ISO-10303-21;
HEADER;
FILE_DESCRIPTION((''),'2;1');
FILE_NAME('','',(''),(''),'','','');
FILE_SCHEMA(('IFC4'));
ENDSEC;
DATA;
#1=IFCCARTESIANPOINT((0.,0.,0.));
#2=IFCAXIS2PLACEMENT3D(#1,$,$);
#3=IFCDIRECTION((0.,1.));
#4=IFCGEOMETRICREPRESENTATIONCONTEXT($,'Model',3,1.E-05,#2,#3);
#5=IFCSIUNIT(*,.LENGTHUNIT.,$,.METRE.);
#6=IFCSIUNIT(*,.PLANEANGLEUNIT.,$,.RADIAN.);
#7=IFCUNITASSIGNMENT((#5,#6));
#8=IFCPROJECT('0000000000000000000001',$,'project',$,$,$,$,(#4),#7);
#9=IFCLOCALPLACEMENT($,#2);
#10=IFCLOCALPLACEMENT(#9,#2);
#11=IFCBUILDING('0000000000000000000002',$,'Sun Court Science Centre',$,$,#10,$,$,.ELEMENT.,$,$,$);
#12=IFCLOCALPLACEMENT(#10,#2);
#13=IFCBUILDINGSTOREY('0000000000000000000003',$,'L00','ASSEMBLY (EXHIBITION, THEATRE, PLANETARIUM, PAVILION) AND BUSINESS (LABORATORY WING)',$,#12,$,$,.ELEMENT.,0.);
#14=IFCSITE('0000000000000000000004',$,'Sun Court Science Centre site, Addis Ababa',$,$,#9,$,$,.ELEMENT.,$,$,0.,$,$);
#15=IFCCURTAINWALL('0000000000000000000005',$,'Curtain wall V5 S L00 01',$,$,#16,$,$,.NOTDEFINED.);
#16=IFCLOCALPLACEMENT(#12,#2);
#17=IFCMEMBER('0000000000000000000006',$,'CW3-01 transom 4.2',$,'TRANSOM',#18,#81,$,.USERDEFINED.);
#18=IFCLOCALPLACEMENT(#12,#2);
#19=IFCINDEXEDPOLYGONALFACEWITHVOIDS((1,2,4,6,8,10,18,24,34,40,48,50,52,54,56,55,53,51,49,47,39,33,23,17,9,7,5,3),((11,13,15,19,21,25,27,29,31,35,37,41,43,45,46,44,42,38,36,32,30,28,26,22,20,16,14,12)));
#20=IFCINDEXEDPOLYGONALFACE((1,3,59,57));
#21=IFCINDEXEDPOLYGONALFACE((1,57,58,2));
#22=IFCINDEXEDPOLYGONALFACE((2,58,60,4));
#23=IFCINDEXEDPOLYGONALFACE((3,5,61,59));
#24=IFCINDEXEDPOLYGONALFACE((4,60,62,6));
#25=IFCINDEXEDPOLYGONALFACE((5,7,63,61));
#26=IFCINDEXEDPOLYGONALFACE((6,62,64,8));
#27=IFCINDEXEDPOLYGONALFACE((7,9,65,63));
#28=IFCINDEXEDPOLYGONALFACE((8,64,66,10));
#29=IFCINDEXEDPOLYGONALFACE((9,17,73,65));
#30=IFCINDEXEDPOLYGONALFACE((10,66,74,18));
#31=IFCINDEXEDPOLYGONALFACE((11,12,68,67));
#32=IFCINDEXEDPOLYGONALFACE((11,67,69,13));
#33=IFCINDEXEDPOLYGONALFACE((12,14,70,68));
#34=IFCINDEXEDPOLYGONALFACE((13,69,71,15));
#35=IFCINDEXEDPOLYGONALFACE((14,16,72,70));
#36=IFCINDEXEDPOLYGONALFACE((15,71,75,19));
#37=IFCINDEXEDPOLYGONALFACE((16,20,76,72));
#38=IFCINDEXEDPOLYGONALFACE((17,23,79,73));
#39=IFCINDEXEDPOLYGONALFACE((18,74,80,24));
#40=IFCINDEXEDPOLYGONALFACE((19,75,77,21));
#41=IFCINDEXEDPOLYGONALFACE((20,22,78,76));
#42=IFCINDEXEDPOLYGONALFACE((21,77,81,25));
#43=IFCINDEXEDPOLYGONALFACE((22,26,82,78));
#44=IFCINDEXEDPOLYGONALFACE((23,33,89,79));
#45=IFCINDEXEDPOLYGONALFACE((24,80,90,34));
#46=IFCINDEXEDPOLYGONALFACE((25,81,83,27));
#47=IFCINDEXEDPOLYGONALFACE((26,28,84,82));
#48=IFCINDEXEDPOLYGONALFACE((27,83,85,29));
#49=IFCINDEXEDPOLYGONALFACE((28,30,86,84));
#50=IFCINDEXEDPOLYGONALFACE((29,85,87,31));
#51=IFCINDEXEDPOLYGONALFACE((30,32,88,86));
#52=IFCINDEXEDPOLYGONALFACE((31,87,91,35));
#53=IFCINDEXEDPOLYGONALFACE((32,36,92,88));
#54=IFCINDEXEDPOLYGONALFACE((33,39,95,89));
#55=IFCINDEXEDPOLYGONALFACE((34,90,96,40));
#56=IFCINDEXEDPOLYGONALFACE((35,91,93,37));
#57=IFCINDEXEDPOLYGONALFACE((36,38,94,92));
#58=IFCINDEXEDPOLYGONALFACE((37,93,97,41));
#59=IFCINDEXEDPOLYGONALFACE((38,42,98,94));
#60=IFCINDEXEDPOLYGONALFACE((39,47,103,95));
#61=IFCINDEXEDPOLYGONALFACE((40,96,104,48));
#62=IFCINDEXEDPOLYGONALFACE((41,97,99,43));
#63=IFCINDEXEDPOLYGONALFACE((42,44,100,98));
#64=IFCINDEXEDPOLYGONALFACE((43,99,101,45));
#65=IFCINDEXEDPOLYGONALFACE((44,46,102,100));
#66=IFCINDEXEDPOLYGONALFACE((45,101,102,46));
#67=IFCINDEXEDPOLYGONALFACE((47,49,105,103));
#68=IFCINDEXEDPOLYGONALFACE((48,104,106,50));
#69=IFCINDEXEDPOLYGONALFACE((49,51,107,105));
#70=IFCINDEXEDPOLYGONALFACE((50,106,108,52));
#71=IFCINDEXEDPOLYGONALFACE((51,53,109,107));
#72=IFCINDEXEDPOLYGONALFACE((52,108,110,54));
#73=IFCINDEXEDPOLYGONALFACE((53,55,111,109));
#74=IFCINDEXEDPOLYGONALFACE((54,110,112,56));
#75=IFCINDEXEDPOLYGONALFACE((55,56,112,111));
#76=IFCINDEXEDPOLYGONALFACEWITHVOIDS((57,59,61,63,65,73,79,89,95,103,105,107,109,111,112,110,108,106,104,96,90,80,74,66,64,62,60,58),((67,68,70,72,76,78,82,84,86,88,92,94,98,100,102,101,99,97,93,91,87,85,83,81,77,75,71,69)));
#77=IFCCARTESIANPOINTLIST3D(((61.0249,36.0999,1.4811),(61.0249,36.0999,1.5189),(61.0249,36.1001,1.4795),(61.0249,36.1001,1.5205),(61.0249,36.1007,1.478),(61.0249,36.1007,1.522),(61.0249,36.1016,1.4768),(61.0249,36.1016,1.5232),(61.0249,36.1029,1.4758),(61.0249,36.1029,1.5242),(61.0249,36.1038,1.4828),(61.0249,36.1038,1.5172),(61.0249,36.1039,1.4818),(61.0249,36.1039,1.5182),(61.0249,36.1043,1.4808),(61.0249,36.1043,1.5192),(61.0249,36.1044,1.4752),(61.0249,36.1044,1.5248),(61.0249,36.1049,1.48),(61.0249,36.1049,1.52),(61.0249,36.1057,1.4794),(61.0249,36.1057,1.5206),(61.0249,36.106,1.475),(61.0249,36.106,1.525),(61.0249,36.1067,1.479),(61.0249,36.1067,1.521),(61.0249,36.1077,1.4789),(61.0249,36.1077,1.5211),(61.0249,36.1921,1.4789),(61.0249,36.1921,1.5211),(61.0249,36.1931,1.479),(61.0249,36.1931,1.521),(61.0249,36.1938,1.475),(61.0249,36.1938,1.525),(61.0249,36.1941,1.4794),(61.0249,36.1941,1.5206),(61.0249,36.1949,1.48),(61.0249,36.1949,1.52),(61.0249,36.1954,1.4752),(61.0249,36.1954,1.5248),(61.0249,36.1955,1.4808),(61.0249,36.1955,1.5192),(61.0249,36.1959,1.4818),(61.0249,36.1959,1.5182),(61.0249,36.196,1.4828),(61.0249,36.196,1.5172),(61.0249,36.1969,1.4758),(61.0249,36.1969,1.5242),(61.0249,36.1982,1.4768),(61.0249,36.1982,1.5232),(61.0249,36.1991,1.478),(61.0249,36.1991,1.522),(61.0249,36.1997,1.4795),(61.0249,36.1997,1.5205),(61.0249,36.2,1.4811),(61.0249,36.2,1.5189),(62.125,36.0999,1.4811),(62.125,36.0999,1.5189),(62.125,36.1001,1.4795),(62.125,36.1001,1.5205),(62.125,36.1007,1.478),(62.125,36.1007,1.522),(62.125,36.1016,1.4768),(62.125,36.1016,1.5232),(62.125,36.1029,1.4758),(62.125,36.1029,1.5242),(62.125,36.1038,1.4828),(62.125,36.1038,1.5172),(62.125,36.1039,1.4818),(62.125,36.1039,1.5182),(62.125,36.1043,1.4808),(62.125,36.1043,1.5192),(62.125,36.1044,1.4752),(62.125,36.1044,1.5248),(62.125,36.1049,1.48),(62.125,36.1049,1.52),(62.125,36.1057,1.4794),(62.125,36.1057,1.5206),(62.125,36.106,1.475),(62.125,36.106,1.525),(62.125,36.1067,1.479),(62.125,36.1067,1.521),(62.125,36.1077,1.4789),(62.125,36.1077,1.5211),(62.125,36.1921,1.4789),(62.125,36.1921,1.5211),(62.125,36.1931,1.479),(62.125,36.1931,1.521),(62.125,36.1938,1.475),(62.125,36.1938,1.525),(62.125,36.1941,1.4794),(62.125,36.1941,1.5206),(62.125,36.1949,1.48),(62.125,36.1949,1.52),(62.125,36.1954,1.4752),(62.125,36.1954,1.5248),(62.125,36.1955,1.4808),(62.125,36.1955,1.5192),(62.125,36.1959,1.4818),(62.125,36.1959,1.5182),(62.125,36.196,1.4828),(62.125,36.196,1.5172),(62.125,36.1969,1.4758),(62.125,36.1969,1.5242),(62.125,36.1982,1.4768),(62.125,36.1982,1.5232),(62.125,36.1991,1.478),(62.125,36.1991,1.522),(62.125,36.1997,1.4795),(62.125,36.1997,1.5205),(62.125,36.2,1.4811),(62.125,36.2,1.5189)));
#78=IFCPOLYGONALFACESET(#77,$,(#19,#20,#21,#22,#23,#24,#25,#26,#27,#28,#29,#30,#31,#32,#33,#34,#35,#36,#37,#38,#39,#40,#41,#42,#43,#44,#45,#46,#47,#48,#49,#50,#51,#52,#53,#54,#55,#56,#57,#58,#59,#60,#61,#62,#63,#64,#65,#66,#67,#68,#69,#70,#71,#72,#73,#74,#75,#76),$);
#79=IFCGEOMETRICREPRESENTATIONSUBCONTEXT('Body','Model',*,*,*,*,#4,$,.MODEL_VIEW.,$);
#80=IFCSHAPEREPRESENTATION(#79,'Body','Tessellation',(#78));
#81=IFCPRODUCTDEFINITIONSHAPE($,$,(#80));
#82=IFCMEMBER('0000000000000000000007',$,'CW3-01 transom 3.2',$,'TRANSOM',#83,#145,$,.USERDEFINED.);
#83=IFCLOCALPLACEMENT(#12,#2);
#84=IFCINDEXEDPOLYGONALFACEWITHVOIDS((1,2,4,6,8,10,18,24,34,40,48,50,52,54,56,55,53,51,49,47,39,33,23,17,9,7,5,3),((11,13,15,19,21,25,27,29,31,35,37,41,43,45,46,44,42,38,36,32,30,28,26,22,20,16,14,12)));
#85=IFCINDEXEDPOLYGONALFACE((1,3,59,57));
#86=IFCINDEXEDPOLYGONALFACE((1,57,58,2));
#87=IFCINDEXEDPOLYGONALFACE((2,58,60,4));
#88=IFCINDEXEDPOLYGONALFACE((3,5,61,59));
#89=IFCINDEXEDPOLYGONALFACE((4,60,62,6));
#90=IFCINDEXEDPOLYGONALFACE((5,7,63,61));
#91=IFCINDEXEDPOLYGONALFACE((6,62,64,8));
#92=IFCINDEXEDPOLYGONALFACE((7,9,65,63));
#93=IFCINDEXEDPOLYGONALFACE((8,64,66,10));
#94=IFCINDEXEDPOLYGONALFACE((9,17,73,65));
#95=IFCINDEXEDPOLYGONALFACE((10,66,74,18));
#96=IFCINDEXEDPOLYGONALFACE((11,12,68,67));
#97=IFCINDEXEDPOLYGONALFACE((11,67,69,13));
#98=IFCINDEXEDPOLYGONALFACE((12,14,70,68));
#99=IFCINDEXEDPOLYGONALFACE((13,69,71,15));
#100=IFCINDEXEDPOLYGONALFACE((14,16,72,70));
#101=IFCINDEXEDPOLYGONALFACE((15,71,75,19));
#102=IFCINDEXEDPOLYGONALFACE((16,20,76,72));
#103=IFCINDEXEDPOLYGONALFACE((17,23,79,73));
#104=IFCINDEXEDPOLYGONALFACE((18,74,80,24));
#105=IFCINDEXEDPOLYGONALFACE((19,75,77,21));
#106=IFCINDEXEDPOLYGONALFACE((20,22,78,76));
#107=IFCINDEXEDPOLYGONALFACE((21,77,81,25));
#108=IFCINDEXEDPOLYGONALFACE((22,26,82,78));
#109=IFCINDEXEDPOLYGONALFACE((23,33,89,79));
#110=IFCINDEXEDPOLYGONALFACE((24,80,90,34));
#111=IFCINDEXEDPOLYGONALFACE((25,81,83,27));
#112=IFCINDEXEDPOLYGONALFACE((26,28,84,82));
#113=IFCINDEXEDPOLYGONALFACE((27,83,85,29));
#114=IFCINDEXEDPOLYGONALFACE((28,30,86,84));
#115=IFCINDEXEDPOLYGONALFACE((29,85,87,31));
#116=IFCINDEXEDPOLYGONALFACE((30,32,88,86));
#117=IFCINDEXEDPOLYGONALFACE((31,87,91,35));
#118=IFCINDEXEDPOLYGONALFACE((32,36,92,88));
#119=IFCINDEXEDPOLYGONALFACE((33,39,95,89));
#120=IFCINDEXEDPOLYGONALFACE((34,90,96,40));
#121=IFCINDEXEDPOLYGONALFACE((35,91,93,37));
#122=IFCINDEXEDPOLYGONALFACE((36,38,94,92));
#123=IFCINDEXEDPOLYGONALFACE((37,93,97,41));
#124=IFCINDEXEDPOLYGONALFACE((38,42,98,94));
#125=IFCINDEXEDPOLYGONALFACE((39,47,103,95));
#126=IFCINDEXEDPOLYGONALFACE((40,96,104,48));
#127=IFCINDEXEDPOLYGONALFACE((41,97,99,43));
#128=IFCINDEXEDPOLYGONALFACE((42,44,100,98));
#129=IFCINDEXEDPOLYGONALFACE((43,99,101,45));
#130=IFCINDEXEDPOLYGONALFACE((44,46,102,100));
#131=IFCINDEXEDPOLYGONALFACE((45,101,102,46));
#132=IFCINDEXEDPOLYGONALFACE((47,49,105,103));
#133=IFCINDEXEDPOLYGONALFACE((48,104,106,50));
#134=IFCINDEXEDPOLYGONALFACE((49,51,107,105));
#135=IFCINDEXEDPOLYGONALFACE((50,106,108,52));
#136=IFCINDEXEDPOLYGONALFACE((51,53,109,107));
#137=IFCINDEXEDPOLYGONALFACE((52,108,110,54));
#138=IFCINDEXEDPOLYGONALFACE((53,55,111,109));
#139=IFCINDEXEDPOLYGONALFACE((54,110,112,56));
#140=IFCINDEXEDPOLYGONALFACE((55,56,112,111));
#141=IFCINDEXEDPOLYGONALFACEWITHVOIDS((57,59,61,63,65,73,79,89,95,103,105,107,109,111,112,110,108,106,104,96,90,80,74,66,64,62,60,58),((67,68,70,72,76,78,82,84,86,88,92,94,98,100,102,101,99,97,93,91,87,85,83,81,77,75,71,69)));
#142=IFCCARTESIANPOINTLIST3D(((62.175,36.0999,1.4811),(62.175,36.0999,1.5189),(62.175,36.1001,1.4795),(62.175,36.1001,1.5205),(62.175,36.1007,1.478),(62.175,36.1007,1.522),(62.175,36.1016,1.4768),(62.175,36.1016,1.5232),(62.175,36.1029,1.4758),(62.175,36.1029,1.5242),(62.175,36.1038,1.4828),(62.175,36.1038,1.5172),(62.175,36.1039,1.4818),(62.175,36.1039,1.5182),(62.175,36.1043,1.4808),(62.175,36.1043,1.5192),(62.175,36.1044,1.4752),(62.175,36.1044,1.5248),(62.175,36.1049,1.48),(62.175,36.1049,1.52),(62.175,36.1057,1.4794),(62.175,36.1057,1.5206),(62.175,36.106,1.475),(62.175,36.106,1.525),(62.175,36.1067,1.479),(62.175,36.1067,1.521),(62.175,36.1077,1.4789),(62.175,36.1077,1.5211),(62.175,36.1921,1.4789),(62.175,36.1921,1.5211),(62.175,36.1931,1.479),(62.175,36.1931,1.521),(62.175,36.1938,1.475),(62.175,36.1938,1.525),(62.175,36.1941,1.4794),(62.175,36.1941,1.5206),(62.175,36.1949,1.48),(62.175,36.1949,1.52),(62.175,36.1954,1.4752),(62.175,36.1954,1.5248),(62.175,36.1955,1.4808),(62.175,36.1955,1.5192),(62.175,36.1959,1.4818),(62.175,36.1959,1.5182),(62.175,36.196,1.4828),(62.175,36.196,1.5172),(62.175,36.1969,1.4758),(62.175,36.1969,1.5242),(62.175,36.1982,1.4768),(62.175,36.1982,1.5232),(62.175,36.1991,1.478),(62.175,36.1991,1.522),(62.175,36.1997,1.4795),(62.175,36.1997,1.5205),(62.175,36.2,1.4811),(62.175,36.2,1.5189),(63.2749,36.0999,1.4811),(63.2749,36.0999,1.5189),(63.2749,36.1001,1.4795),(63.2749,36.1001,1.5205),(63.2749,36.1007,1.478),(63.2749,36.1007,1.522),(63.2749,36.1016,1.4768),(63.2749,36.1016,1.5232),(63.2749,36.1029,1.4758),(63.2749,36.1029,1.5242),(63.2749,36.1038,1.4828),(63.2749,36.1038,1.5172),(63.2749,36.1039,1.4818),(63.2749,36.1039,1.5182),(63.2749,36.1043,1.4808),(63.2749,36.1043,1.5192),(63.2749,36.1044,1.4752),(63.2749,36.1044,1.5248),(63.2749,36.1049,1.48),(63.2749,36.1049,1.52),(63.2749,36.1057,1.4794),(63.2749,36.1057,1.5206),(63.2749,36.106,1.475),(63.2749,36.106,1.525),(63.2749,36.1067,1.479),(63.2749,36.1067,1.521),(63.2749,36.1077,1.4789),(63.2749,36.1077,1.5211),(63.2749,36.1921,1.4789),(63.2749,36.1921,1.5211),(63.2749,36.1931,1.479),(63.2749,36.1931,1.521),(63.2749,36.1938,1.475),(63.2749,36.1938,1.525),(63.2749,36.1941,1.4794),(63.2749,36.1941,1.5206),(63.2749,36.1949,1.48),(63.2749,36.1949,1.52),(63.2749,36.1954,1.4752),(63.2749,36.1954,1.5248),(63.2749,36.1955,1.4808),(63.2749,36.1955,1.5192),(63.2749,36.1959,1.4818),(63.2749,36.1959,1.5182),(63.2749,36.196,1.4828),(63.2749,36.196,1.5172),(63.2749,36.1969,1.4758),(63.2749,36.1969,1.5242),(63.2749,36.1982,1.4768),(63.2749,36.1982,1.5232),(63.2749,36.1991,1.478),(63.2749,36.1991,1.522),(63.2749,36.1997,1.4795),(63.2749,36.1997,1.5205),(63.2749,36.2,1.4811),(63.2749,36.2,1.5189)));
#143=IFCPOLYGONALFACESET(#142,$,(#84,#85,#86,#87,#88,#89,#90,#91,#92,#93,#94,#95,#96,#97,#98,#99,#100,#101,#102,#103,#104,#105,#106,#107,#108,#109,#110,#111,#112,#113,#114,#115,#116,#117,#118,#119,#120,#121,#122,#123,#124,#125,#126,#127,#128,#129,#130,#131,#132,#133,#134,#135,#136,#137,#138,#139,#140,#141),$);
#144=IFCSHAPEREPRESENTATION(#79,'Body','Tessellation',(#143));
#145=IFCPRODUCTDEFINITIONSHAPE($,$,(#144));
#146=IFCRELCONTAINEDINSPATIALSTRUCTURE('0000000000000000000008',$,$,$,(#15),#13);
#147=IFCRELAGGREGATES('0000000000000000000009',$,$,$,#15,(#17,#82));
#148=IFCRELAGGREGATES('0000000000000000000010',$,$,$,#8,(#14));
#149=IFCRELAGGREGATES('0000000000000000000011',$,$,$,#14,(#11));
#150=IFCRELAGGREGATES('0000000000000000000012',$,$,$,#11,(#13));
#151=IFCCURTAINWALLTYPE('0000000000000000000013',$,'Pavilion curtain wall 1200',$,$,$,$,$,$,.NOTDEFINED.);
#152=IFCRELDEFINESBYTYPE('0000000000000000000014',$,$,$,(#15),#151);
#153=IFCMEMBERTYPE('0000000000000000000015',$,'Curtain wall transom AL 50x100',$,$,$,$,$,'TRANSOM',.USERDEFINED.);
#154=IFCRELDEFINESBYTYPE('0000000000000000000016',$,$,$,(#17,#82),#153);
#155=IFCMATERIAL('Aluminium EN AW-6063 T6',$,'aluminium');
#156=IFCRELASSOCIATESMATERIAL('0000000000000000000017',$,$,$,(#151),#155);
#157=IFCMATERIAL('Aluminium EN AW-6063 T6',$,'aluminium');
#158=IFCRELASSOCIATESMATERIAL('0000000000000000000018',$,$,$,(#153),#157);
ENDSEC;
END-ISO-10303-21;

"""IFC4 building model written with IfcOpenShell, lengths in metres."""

from ifc_helpers import new_model, si_unit, direction, frame, origin, origin_2d, place, context, subcontext, project, spatial, hollow_rectangle, extrude, material, material_profile, profile_set, type_object, element, aggregate, save


model = new_model("IFC4")

# Units and contexts
model_context = context("Model", 3, precision=1e-05, world=origin(), true_north=direction((0.0, 1.0)))
body_context = subcontext(model_context, "Body", "Model", "MODEL_VIEW")
ifc_project = project(units=[si_unit("LENGTHUNIT", "METRE"), si_unit("PLANEANGLEUNIT", "RADIAN")], contexts=[model_context])

# Site, building, storey
site_placement = place(None, origin())
site = spatial("IfcSite", under=ifc_project, at=site_placement, Name="Sun Court Science Centre site, Addis Ababa", CompositionType="ELEMENT", RefElevation=0.0)
building_placement = place(site_placement, origin())
building = spatial("IfcBuilding", under=site, at=building_placement, Name="Sun Court Science Centre", CompositionType="ELEMENT")
storey_placement = place(building_placement, origin())
storey = spatial("IfcBuildingStorey", under=building, at=storey_placement, Name="L00", Description="ASSEMBLY (EXHIBITION, THEATRE, PLANETARIUM, PAVILION) AND BUSINESS (LABORATORY WING)", CompositionType="ELEMENT", Elevation=0.0)

# Curtain wall, members
ifc_material_1 = material(Name="Aluminium EN AW-6063 T6", Category="aluminium")
curtain_wall_type = type_object("IfcCurtainWallType", Name="Pavilion curtain wall 1200", PredefinedType="NOTDEFINED", material=ifc_material_1)
curtain_wall_placement = place(storey_placement, origin())
curtain_wall = element("IfcCurtainWall", 1, at=curtain_wall_placement, inside=storey, type_object=curtain_wall_type, Name="Curtain wall V5 S L00 01", PredefinedType="NOTDEFINED")
ifc_material_2 = material(Name="Aluminium EN AW-6063 T6", Category="aluminium")
ifc_material_profile_1 = material_profile(ifc_material_2, hollow_rectangle(XDim=0.05, YDim=0.1001, WallThickness=0.0039, InnerFilletRadius=0.0039, OuterFilletRadius=0.0061, at=origin_2d()), Name="AL 50x100x4")
ifc_profile_set_1 = profile_set([ifc_material_profile_1], Name="Aluminium EN AW-6063 T6")
member_type_1 = type_object("IfcMemberType", Name="Curtain wall transom AL 50x100", ElementType="TRANSOM", PredefinedType="USERDEFINED", material=ifc_profile_set_1)
member_1_placement = place(storey_placement, frame((62.125, 36.1499, 1.5), z_axis=(-1.0, 0.0, 0.0), x_axis=(0.0, 0.0, 1.0)))
member_1 = element("IfcMember", 2, at=member_1_placement, type_object=member_type_1, Name="CW3-01 transom 4.2", ObjectType="TRANSOM", PredefinedType="USERDEFINED", context=body_context, shape_type="SweptSolid", body=[
    extrude(hollow_rectangle(XDim=0.05, YDim=0.1001, WallThickness=0.0039, InnerFilletRadius=0.0039, OuterFilletRadius=0.0061, at=origin_2d()), origin(), (0.0, 0.0, 1.0), 1.1001),
])
member_2_placement = place(storey_placement, frame((63.2749, 36.1499, 1.5), z_axis=(-1.0, 0.0, 0.0), x_axis=(0.0, 0.0, 1.0)))
member_2 = element("IfcMember", 3, at=member_2_placement, type_object=member_type_1, Name="CW3-01 transom 3.2", ObjectType="TRANSOM", PredefinedType="USERDEFINED", context=body_context, shape_type="SweptSolid", body=[
    extrude(hollow_rectangle(XDim=0.05, YDim=0.1001, WallThickness=0.0039, InnerFilletRadius=0.0039, OuterFilletRadius=0.0061, at=origin_2d()), origin(), (0.0, 0.0, 1.0), 1.0999),
])
aggregate(curtain_wall, [member_1, member_2])

save(model, "model.ifc")
